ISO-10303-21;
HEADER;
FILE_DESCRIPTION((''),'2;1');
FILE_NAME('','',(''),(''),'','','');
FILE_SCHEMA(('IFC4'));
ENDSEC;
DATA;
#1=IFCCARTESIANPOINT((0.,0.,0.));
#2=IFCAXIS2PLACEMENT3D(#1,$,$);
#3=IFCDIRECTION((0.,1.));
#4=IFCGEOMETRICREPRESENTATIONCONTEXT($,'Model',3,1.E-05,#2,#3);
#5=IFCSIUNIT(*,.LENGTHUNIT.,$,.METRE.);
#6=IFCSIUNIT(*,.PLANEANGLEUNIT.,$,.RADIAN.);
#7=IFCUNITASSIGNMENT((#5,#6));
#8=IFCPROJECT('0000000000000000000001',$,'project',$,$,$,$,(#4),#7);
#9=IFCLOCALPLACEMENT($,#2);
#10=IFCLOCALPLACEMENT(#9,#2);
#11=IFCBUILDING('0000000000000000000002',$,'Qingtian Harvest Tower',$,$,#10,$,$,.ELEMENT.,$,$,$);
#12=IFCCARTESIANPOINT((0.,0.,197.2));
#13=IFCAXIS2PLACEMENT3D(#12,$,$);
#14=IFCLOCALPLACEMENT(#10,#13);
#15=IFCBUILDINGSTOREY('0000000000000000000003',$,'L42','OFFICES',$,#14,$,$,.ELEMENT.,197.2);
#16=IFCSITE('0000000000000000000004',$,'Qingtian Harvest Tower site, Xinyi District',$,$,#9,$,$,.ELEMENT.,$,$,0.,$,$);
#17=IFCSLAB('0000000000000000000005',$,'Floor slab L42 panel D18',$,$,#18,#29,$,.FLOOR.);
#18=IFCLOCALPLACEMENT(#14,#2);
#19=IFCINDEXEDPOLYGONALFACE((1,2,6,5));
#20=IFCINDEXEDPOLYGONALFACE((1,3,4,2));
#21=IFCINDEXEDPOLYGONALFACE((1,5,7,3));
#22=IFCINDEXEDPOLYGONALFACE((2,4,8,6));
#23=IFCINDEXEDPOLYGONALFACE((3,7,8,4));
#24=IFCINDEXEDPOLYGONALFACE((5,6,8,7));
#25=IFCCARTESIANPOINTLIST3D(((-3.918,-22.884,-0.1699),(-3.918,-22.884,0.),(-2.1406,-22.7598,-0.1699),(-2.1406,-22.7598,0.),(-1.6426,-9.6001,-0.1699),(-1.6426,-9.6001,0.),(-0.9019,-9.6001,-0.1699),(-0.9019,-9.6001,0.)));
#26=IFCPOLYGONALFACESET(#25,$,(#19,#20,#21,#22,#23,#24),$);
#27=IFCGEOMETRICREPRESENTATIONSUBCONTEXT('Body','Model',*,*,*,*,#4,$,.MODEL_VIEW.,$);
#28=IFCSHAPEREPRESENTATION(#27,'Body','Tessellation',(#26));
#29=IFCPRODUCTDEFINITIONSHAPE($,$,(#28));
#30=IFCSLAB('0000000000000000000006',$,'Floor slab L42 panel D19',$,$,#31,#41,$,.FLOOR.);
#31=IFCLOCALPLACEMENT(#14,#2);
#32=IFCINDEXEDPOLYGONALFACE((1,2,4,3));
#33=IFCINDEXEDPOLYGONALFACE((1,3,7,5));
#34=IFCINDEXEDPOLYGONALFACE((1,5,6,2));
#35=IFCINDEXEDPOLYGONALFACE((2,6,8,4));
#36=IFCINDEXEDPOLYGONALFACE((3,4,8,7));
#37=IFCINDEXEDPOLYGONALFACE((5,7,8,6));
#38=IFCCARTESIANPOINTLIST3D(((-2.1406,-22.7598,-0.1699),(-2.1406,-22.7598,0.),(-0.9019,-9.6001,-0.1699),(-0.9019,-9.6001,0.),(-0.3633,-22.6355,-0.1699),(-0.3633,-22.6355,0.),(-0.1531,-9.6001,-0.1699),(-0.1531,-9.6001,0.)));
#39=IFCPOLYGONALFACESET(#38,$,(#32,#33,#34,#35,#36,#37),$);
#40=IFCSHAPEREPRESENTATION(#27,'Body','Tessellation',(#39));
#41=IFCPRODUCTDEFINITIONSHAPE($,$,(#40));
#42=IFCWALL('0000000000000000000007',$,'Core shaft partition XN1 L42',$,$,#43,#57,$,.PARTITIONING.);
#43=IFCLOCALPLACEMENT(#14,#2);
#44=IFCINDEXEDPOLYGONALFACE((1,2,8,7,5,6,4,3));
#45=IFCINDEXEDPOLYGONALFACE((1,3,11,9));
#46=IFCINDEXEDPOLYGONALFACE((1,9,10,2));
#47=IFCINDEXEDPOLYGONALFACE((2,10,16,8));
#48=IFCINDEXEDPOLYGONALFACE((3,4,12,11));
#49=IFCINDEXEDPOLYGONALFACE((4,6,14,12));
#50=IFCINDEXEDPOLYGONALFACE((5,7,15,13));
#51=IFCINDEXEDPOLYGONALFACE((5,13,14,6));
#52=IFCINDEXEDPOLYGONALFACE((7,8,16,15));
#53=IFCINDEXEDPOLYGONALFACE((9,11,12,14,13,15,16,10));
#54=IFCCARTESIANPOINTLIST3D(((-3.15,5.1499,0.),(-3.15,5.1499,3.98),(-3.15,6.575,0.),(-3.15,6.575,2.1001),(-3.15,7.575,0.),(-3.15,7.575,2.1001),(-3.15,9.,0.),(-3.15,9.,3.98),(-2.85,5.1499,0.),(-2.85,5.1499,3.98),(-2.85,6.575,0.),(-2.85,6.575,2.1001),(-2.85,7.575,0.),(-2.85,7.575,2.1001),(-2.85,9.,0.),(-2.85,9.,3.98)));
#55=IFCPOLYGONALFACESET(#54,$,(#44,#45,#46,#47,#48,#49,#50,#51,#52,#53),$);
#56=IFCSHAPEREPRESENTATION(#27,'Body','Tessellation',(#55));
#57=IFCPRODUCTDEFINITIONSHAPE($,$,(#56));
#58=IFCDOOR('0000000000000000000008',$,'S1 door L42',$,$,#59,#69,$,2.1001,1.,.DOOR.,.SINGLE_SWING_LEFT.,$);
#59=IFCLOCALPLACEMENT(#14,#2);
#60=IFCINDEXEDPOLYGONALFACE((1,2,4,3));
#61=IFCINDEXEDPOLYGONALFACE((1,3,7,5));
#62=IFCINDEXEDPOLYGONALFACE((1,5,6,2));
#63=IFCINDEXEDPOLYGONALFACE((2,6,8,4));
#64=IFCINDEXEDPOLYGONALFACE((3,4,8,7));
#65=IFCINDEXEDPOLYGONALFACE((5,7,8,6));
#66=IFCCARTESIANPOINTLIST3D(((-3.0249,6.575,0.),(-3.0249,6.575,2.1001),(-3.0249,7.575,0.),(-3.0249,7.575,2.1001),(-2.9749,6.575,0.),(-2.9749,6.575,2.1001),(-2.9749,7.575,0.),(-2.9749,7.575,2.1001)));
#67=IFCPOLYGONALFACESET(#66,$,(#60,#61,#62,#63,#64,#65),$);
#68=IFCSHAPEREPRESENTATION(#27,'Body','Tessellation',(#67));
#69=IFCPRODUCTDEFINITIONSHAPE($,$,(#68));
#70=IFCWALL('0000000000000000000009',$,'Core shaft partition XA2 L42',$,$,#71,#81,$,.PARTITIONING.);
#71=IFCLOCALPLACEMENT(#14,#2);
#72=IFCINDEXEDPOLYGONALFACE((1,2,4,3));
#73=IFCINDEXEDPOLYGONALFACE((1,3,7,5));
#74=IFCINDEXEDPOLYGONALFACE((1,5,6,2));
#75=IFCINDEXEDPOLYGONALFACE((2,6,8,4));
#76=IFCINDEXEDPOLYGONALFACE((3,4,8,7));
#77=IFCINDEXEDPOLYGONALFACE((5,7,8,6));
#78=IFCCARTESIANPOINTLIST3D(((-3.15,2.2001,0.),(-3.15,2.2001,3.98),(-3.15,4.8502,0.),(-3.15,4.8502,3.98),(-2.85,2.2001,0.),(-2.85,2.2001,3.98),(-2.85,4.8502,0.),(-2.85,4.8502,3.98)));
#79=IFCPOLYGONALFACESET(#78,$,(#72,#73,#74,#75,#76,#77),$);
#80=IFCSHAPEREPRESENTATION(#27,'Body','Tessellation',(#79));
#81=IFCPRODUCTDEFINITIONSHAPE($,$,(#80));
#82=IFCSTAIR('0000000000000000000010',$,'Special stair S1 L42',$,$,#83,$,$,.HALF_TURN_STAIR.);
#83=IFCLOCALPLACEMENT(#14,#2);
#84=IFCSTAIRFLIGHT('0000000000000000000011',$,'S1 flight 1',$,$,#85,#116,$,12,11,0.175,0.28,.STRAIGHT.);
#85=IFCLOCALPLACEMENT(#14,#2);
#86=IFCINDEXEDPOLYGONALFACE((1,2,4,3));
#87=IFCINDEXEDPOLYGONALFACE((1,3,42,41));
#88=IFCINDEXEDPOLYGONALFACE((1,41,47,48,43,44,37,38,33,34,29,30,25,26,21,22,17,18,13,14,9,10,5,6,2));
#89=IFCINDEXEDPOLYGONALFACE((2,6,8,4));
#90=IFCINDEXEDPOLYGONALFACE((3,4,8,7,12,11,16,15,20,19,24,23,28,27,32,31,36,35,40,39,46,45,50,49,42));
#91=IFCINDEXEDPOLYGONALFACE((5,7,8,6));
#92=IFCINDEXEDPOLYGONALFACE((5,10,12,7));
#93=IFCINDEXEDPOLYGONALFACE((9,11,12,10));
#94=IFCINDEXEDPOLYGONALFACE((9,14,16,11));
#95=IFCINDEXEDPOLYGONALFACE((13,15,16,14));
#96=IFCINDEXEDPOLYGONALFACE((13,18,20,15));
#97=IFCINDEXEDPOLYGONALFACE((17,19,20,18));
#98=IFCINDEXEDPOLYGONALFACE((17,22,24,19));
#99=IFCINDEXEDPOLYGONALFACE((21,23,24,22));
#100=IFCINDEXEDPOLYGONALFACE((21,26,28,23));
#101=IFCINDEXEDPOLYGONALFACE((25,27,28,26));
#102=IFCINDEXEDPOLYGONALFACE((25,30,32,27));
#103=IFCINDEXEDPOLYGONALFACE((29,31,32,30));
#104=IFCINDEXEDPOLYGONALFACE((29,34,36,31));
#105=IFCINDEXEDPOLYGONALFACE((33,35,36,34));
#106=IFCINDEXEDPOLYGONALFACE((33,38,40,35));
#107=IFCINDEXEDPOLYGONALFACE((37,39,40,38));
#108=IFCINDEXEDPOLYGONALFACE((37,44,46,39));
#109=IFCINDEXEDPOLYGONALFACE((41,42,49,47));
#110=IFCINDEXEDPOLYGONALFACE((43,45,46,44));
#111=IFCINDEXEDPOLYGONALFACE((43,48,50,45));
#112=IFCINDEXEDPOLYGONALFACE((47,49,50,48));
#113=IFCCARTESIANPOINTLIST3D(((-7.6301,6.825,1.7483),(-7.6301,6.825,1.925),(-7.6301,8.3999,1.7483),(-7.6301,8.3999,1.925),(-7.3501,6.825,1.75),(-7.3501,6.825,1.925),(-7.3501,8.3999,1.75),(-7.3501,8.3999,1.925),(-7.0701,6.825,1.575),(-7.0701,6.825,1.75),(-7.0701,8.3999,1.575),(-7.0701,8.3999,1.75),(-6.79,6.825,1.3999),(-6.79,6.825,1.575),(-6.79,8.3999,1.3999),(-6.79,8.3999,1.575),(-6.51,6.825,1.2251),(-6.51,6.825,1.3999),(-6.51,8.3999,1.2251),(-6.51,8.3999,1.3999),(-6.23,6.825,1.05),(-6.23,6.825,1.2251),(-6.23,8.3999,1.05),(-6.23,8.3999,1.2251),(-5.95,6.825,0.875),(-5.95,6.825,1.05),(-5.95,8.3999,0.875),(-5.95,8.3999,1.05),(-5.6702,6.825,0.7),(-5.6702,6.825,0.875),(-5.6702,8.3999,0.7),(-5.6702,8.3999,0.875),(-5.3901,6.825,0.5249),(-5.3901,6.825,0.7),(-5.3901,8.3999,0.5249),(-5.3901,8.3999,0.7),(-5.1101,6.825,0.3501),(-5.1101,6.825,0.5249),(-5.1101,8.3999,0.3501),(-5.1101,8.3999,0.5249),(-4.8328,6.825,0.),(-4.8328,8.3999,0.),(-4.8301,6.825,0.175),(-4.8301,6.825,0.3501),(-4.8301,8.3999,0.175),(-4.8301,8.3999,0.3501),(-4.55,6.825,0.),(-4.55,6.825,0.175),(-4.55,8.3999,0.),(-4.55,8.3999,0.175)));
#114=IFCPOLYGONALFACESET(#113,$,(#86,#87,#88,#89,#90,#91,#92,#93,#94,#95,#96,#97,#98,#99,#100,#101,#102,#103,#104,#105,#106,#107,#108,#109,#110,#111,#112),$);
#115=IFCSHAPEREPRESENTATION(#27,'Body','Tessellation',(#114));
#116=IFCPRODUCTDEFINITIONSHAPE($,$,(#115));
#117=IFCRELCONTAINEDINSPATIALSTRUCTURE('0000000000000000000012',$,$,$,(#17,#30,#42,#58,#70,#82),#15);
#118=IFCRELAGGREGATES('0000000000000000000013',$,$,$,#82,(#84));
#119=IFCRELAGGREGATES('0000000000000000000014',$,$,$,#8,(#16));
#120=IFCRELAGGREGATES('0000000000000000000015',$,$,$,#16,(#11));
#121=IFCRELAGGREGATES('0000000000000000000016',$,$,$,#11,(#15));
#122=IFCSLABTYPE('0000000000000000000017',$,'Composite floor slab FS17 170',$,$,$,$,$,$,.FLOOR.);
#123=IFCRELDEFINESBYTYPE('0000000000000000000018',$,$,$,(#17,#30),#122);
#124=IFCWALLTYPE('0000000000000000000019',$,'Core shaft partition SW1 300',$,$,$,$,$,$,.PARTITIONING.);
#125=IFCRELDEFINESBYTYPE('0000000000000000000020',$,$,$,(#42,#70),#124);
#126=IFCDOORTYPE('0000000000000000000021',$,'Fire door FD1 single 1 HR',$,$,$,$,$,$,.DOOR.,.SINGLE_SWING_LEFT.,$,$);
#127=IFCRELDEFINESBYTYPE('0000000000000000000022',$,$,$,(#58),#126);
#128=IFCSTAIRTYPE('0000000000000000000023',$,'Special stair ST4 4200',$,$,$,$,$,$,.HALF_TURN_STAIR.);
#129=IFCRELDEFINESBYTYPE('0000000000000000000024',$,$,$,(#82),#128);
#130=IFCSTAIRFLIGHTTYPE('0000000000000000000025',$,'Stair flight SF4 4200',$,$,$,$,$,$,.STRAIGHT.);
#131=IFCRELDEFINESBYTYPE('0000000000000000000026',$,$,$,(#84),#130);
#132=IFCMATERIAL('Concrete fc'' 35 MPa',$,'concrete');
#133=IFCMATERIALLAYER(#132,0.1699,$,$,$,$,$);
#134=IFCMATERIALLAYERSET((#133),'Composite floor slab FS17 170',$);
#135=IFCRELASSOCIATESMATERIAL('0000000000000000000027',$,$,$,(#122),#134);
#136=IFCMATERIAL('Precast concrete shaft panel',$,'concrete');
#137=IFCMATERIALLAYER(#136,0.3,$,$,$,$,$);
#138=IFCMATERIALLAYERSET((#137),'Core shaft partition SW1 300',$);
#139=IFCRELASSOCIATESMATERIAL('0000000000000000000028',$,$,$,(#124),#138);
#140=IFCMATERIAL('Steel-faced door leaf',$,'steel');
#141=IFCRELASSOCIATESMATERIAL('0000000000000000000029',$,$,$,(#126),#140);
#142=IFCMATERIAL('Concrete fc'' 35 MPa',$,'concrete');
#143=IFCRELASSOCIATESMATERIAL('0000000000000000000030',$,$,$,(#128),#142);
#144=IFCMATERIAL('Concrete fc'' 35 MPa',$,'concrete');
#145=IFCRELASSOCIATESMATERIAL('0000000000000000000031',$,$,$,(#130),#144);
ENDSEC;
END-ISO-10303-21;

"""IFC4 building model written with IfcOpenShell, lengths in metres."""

from ifc_helpers import new_model, si_unit, direction, frame, frame_2d, origin, place, context, subcontext, project, spatial, polyline, rectangle, outline, extrude, material, layer, layer_set, type_object, element, fill, aggregate, save


model = new_model("IFC4")

# Units and contexts
model_context = context("Model", 3, precision=1e-05, world=origin(), true_north=direction((0.0, 1.0)))
body_context = subcontext(model_context, "Body", "Model", "MODEL_VIEW")
ifc_project = project(units=[si_unit("LENGTHUNIT", "METRE"), si_unit("PLANEANGLEUNIT", "RADIAN")], contexts=[model_context])

# Site, building, storey
site_placement = place(None, origin())
site = spatial("IfcSite", under=ifc_project, at=site_placement, Name="Qingtian Harvest Tower site, Xinyi District", CompositionType="ELEMENT", RefElevation=0.0)
building_placement = place(site_placement, origin())
building = spatial("IfcBuilding", under=site, at=building_placement, Name="Qingtian Harvest Tower", CompositionType="ELEMENT")
storey_placement = place(building_placement, frame((0.0, 0.0, 197.2)))
storey = spatial("IfcBuildingStorey", under=building, at=storey_placement, Name="L42", Description="OFFICES", CompositionType="ELEMENT", Elevation=197.2)

# Slabs
ifc_material_1 = material(Name="Concrete fc' 35 MPa", Category="concrete")
ifc_layer_1 = layer(ifc_material_1, 0.1699)
ifc_layer_set_1 = layer_set([ifc_layer_1], Name="Composite floor slab FS17 170")
slab_type = type_object("IfcSlabType", Name="Composite floor slab FS17 170", PredefinedType="FLOOR", material=ifc_layer_set_1)
slab_1_placement = place(storey_placement, frame((0.0, 0.0, -0.1699)))
element("IfcSlab", 1, at=slab_1_placement, inside=storey, type_object=slab_type, Name="Floor slab L42 panel D18", PredefinedType="FLOOR", context=body_context, shape_type="SweptSolid", body=[
    extrude(outline(polyline([(-0.9019, -9.6001), (-2.1406, -22.7598), (-3.918, -22.884), (-1.6426, -9.6001), (-0.9019, -9.6001)])), origin(), (0.0, 0.0, 1.0), 0.1699),
])
slab_2_placement = place(storey_placement, frame((0.0, 0.0, -0.1699)))
element("IfcSlab", 2, at=slab_2_placement, inside=storey, type_object=slab_type, Name="Floor slab L42 panel D19", PredefinedType="FLOOR", context=body_context, shape_type="SweptSolid", body=[
    extrude(outline(polyline([(-0.1531, -9.6001), (-0.3633, -22.6355), (-2.1406, -22.7598), (-0.9019, -9.6001), (-0.1531, -9.6001)])), origin(), (0.0, 0.0, 1.0), 0.1699),
])

# Wall, opening, door
ifc_material_2 = material(Name="Precast concrete shaft panel", Category="concrete")
ifc_layer_2 = layer(ifc_material_2, 0.3)
ifc_layer_set_2 = layer_set([ifc_layer_2], Name="Core shaft partition SW1 300")
wall_type_1 = type_object("IfcWallType", Name="Core shaft partition SW1 300", PredefinedType="PARTITIONING", material=ifc_layer_set_2)
wall_1_placement = place(storey_placement, frame((-3.0, 5.1499, 0.0), z_axis=(0.0, 0.0, 1.0), x_axis=(0.0, 1.0, 0.0)))
wall_1 = element("IfcWall", 3, at=wall_1_placement, inside=storey, type_object=wall_type_1, Name="Core shaft partition XN1 L42", PredefinedType="PARTITIONING", context=body_context, shape_type="SweptSolid", body=[
    extrude(rectangle(XDim=3.8501, YDim=0.3, at=frame_2d((1.925, 0.0))), origin(), (0.0, 0.0, 1.0), 3.98),
])
opening_1_placement = place(wall_1_placement, frame((1.425, 0.0, 0.0)))
opening_1 = element("IfcOpeningElement", 4, at=opening_1_placement, cuts=wall_1, PredefinedType="OPENING", context=body_context, shape_type="SweptSolid", body=[
    extrude(rectangle(XDim=1.0, YDim=2.1001, at=frame_2d((0.5, 1.05))), frame((0.0, 0.1599, 0.0), z_axis=(0.0, -1.0, 0.0), x_axis=(1.0, 0.0, 0.0)), (0.0, 0.0, 1.0), 0.3201),
])
ifc_material_3 = material(Name="Steel-faced door leaf", Category="steel")
door_type_1 = type_object("IfcDoorType", Name="Fire door FD1 single 1 HR", OperationType="SINGLE_SWING_LEFT", PredefinedType="DOOR", material=ifc_material_3)
door_1_placement = place(opening_1_placement, origin())
door_1 = element("IfcDoor", 5, at=door_1_placement, inside=storey, type_object=door_type_1, Name="S1 door L42", OperationType="SINGLE_SWING_LEFT", OverallHeight=2.1001, OverallWidth=1.0, PredefinedType="DOOR", context=body_context, shape_type="SweptSolid", body=[
    extrude(rectangle(XDim=1.0, YDim=2.1001, at=frame_2d((0.5, 1.05))), frame((0.0, 0.0249, 0.0), z_axis=(0.0, -1.0, 0.0), x_axis=(1.0, 0.0, 0.0)), (0.0, 0.0, 1.0), 0.05),
])
fill(opening_1, door_1)

# Wall
wall_2_placement = place(storey_placement, frame((-3.0, 2.2, 0.0), z_axis=(0.0, 0.0, 1.0), x_axis=(0.0, 1.0, 0.0)))
element("IfcWall", 6, at=wall_2_placement, inside=storey, type_object=wall_type_1, Name="Core shaft partition XA2 L42", PredefinedType="PARTITIONING", context=body_context, shape_type="SweptSolid", body=[
    extrude(rectangle(XDim=2.6501, YDim=0.3, at=frame_2d((1.3252, 0.0))), origin(), (0.0, 0.0, 1.0), 3.98),
])

# Stair, stair flight
ifc_material_4 = material(Name="Concrete fc' 35 MPa", Category="concrete")
stair_type = type_object("IfcStairType", Name="Special stair ST4 4200", PredefinedType="HALF_TURN_STAIR", material=ifc_material_4)
stair_placement = place(storey_placement, origin())
stair = element("IfcStair", 7, at=stair_placement, inside=storey, type_object=stair_type, Name="Special stair S1 L42", PredefinedType="HALF_TURN_STAIR")
ifc_material_5 = material(Name="Concrete fc' 35 MPa", Category="concrete")
stair_flight_type = type_object("IfcStairFlightType", Name="Stair flight SF4 4200", PredefinedType="STRAIGHT", material=ifc_material_5)
stair_flight_placement = place(storey_placement, frame((-4.55, 7.6125, 0.0), z_axis=(0.0, 0.0, 1.0), x_axis=(-1.0, 0.0, 0.0)))
stair_flight = element("IfcStairFlight", 8, at=stair_flight_placement, type_object=stair_flight_type, Name="S1 flight 1", NumberOfRisers=12, NumberOfTreads=11, PredefinedType="STRAIGHT", RiserHeight=0.175, TreadLength=0.28, context=body_context, shape_type="SweptSolid", body=[
    extrude(outline(polyline([(0.0, 0.0), (0.0, 0.175), (0.28, 0.175), (0.28, 0.3501), (0.5601, 0.3501), (0.5601, 0.5249), (0.8401, 0.5249), (0.8401, 0.7), (1.1201, 0.7), (1.1201, 0.875), (1.3999, 0.875), (1.3999, 1.05), (1.6799, 1.05), (1.6799, 1.2251), (1.96, 1.2251), (1.96, 1.3999), (2.24, 1.3999), (2.24, 1.575), (2.52, 1.575), (2.52, 1.75), (2.8, 1.75), (2.8, 1.925), (3.0801, 1.925), (3.0801, 2.1001), (3.0801, 1.7483), (0.2827, 0.0), (0.0, 0.0)])), frame((0.0, 0.7876, 0.0), z_axis=(0.0, -1.0, 0.0), x_axis=(1.0, 0.0, 0.0)), (0.0, 0.0, 1.0), 1.575),
])
aggregate(stair, [stair_flight])

save(model, "model.ifc")
